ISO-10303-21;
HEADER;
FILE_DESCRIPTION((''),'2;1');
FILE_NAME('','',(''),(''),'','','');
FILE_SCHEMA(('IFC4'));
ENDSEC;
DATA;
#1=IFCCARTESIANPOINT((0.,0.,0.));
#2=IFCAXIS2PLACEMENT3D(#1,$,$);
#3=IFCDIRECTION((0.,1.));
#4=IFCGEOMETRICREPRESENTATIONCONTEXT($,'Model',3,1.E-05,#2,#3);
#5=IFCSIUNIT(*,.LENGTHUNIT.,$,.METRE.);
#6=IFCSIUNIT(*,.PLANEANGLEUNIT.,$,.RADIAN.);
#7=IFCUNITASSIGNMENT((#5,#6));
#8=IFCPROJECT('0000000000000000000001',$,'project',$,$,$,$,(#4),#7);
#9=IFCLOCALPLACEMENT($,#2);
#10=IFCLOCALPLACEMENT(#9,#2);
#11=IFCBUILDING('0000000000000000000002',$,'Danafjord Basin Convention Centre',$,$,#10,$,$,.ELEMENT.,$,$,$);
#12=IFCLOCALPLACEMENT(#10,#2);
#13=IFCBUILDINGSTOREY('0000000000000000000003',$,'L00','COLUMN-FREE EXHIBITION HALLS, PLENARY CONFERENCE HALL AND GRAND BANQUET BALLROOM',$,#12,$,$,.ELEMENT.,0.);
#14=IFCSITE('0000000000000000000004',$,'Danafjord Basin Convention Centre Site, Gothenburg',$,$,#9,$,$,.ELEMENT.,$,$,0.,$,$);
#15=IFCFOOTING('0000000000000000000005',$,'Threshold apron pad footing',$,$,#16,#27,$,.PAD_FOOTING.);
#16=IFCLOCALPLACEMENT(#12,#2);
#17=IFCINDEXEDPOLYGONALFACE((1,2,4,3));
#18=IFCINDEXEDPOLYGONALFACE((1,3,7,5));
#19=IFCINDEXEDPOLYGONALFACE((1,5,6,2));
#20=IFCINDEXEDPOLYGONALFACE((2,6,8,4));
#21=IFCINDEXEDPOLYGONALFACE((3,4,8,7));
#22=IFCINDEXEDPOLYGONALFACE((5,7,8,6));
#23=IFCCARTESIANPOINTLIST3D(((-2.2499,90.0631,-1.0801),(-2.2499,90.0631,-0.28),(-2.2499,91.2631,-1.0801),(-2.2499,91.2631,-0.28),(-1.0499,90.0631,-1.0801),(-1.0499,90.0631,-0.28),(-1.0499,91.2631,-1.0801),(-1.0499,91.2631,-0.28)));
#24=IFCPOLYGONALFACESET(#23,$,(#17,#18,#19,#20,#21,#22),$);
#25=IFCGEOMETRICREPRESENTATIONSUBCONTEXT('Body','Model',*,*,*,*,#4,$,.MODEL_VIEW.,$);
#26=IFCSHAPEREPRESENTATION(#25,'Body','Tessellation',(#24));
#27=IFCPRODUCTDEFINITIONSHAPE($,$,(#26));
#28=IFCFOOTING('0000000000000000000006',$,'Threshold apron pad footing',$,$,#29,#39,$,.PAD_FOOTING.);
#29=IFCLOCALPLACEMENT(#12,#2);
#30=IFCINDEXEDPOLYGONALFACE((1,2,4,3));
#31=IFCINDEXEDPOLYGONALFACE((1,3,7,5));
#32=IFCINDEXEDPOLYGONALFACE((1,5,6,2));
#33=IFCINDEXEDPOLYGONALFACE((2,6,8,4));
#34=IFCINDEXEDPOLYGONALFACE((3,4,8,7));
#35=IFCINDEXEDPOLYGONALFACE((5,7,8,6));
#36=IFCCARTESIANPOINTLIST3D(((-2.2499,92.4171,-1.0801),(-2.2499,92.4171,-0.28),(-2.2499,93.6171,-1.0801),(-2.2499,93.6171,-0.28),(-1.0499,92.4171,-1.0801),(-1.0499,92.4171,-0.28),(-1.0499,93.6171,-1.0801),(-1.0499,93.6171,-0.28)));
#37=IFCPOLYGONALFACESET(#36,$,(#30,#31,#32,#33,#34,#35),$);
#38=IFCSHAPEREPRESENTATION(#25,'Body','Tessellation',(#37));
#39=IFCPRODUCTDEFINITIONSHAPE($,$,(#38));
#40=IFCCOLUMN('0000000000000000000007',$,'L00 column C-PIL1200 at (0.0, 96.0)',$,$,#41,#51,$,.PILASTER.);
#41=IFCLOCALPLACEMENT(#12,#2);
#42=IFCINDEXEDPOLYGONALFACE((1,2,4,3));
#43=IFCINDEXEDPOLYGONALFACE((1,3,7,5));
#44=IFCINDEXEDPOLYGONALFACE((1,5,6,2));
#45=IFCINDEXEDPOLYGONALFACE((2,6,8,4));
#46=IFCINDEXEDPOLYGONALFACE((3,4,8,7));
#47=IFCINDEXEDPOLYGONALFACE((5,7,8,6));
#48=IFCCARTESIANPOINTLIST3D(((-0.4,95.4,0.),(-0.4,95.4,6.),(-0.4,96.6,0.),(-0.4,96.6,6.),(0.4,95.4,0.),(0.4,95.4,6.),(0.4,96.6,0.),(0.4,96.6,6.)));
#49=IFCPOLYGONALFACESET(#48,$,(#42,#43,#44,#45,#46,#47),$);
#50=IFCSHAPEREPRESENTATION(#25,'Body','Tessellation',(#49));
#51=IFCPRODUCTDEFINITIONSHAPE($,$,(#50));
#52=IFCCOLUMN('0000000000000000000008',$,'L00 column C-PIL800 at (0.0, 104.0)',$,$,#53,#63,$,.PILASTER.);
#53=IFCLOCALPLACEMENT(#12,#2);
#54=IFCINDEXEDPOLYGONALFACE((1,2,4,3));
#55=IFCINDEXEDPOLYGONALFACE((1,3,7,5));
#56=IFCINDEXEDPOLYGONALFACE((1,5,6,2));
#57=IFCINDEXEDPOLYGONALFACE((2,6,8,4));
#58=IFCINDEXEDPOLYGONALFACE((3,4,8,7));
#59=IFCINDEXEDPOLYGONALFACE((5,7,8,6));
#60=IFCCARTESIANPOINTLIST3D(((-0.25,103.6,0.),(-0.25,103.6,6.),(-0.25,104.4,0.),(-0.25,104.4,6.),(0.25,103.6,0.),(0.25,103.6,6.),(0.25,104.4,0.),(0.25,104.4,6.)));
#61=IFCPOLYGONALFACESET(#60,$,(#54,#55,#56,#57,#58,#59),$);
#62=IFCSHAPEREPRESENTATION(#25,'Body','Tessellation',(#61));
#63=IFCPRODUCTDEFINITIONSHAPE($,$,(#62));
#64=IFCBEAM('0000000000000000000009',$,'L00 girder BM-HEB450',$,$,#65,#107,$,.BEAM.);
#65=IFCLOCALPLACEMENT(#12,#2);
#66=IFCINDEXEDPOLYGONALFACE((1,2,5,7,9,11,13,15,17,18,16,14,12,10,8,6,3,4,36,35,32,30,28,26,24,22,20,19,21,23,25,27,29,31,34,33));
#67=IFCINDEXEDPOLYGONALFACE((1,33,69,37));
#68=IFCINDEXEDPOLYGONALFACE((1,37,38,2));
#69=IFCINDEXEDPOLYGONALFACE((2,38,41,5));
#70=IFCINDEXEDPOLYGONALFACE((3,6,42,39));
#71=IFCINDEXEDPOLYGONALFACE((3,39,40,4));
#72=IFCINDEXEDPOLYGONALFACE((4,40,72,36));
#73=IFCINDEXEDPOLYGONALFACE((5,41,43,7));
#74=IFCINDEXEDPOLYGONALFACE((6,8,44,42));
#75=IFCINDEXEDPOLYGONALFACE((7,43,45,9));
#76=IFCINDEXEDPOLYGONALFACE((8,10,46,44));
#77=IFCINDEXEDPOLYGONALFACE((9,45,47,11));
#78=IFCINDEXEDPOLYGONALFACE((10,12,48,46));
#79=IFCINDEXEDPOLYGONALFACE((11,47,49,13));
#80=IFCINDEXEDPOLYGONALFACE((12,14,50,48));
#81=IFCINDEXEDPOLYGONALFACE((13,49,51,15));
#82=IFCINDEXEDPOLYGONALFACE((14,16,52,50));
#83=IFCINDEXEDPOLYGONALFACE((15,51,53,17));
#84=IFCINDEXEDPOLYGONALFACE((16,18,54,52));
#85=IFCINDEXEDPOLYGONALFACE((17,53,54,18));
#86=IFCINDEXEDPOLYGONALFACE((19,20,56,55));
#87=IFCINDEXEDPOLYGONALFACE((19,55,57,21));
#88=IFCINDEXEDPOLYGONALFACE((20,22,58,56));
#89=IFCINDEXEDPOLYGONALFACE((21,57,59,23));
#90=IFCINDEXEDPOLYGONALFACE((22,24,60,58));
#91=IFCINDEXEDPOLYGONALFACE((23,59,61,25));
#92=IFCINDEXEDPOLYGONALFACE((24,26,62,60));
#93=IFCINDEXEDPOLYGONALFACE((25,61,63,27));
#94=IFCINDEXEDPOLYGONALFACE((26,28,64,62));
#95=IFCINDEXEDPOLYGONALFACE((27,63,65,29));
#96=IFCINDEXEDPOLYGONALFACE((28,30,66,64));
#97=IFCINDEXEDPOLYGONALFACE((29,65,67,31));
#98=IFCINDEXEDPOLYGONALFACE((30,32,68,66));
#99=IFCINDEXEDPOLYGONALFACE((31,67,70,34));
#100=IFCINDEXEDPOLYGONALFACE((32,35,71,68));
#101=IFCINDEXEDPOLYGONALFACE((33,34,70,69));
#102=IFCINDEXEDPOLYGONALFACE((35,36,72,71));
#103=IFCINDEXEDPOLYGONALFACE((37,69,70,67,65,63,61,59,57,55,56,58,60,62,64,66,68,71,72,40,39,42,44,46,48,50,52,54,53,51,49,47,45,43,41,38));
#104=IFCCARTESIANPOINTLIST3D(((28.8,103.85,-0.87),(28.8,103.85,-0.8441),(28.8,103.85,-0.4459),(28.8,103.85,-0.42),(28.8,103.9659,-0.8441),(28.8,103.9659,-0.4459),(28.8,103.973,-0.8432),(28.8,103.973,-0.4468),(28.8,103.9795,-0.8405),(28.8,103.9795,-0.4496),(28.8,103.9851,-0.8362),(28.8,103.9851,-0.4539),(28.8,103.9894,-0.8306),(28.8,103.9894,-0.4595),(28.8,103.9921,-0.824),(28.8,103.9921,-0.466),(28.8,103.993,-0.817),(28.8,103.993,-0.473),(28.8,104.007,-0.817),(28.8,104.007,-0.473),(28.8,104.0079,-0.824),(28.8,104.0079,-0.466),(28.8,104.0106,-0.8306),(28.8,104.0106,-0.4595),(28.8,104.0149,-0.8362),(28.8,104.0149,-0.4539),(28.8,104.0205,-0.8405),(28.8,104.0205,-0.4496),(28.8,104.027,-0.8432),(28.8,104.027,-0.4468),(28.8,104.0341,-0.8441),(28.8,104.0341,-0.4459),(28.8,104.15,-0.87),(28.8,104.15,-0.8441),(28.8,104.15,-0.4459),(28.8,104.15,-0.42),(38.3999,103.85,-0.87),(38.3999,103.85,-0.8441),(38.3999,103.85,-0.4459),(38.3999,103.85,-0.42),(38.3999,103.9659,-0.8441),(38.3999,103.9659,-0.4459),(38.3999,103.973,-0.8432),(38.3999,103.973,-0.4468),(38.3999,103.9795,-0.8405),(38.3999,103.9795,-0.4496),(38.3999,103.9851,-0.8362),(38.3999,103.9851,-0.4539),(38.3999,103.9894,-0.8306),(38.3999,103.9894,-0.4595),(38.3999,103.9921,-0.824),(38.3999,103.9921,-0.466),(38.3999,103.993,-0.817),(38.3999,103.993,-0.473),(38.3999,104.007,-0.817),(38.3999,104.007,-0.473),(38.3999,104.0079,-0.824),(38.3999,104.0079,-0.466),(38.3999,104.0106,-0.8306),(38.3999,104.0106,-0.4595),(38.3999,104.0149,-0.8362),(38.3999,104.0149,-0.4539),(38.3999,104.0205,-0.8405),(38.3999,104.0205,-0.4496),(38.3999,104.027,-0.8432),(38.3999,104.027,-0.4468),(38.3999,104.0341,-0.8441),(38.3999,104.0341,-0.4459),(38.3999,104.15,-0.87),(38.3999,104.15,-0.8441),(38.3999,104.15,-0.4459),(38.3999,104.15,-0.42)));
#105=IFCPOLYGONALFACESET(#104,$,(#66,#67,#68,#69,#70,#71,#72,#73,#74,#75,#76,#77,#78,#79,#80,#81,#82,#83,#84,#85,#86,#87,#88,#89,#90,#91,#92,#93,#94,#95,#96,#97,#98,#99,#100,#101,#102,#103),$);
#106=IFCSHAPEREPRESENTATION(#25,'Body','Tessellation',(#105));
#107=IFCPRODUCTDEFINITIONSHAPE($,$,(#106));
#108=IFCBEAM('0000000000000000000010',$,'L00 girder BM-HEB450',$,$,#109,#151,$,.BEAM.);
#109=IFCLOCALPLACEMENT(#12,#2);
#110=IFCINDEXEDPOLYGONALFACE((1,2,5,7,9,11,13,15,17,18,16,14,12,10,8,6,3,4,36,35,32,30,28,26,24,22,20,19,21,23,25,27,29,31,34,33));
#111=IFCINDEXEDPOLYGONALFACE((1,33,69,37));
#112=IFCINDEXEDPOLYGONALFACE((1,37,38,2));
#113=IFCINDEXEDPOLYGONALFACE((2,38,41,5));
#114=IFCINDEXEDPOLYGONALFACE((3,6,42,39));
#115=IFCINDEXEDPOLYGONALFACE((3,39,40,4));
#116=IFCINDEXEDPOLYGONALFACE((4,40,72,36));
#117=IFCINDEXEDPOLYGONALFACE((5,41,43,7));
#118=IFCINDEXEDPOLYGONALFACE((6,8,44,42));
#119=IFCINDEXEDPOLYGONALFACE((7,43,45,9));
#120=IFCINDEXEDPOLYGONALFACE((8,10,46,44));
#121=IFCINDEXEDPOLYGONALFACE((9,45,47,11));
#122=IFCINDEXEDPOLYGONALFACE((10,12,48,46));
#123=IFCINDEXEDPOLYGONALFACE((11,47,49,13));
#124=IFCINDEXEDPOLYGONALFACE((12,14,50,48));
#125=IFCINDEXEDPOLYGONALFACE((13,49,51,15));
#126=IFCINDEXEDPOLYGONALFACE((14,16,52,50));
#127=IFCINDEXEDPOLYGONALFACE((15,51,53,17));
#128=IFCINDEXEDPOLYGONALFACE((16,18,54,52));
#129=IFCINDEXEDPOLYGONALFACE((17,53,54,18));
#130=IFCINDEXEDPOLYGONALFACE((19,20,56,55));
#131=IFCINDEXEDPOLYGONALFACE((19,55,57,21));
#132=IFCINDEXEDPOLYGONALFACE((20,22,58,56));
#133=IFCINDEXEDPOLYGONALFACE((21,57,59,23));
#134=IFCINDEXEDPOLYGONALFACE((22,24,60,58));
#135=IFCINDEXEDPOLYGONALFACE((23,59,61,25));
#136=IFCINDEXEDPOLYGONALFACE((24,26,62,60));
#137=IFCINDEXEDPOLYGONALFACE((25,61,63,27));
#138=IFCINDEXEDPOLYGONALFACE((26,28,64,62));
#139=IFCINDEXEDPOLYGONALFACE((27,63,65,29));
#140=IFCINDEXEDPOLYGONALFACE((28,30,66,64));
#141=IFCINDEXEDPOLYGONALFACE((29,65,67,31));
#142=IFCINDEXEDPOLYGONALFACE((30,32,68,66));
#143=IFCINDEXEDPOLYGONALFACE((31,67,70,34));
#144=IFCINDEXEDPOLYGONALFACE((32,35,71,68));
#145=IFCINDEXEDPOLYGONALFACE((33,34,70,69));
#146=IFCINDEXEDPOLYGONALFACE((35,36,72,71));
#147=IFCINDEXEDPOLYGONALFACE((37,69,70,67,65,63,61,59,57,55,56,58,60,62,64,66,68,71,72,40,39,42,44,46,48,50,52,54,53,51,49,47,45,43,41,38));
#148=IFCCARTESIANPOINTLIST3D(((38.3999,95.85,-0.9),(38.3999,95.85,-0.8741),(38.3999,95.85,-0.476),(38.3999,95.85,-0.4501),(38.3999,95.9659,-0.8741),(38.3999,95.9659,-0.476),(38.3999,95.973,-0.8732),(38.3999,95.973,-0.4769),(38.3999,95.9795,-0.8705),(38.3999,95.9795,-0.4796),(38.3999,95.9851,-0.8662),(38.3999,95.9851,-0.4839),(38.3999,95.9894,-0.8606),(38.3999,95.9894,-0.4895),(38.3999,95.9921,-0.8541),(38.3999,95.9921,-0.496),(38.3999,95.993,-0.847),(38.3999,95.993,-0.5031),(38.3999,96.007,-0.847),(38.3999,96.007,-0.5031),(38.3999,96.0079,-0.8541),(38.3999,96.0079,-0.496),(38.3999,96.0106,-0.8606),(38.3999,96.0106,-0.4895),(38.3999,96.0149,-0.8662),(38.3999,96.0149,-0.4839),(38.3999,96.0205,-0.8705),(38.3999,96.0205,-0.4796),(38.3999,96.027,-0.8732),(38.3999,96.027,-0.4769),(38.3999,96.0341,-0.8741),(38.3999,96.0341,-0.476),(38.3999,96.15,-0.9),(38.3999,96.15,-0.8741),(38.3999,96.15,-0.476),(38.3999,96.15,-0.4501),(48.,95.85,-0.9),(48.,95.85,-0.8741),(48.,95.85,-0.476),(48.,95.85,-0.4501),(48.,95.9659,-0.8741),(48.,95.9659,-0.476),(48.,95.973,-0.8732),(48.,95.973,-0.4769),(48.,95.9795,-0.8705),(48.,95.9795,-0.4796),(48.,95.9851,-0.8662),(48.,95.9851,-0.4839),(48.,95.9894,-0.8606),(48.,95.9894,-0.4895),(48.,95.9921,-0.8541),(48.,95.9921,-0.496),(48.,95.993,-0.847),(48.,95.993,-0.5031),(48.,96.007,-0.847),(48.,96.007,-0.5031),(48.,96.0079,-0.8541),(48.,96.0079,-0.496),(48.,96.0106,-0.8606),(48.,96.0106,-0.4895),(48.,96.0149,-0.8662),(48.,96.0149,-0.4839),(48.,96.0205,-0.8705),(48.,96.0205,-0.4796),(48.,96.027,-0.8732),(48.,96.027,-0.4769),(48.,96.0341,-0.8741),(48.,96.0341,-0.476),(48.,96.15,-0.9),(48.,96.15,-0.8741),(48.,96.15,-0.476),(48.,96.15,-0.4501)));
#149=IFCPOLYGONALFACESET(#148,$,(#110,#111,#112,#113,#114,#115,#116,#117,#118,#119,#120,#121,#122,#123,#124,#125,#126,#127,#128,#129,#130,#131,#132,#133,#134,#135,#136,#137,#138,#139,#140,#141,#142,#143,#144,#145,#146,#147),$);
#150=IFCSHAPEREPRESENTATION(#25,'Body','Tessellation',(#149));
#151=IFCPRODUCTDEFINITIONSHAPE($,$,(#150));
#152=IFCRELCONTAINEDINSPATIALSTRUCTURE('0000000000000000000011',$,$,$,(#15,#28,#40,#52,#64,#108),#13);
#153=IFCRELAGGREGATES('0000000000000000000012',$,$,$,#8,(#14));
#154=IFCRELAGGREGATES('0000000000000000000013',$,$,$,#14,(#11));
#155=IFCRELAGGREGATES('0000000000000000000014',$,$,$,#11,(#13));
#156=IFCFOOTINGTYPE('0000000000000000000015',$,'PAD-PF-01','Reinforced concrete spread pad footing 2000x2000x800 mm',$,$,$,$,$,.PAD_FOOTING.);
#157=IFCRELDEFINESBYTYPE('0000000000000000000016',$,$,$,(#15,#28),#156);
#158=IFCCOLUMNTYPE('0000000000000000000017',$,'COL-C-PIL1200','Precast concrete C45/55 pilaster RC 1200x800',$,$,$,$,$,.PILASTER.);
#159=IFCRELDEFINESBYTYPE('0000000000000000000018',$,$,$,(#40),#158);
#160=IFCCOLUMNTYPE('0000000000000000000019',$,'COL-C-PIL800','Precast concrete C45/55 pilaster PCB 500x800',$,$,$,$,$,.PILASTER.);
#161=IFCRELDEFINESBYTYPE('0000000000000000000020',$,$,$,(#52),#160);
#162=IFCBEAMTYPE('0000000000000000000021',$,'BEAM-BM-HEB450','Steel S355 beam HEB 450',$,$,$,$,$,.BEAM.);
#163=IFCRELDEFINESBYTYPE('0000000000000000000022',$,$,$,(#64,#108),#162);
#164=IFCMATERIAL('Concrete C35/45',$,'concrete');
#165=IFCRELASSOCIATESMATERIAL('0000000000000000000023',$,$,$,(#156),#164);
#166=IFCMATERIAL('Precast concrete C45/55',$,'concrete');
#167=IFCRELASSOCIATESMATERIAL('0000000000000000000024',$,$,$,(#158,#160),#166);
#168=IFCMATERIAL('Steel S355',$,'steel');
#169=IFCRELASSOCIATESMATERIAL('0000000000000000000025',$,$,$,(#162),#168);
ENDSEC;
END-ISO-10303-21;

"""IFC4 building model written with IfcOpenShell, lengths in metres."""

from ifc_helpers import new_model, si_unit, direction, frame, origin, origin_2d, place, context, subcontext, project, spatial, rectangle, i_section, extrude, material, material_profile, profile_set, type_object, element, save


model = new_model("IFC4")

# Units and contexts
model_context = context("Model", 3, precision=1e-05, world=origin(), true_north=direction((0.0, 1.0)))
body_context = subcontext(model_context, "Body", "Model", "MODEL_VIEW")
ifc_project = project(units=[si_unit("LENGTHUNIT", "METRE"), si_unit("PLANEANGLEUNIT", "RADIAN")], contexts=[model_context])

# Site, building, storey
site_placement = place(None, origin())
site = spatial("IfcSite", under=ifc_project, at=site_placement, Name="Danafjord Basin Convention Centre Site, Gothenburg", CompositionType="ELEMENT", RefElevation=0.0)
building_placement = place(site_placement, origin())
building = spatial("IfcBuilding", under=site, at=building_placement, Name="Danafjord Basin Convention Centre", CompositionType="ELEMENT")
storey_placement = place(building_placement, origin())
storey = spatial("IfcBuildingStorey", under=building, at=storey_placement, Name="L00", Description="COLUMN-FREE EXHIBITION HALLS, PLENARY CONFERENCE HALL AND GRAND BANQUET BALLROOM", CompositionType="ELEMENT", Elevation=0.0)

# Footings
ifc_material_1 = material(Name="Concrete C35/45", Category="concrete")
footing_type = type_object("IfcFootingType", Name="PAD-PF-01", Description="Reinforced concrete spread pad footing 2000x2000x800 mm", PredefinedType="PAD_FOOTING", material=ifc_material_1)
for number, where, z_axis, x_axis, name in (
    (1, (-1.6499, 90.6631, -1.0801), (0.0, 0.0, 1.0), (1.0, 0.0, 0.0), "Threshold apron pad footing"),
    (2, (-1.6499, 93.0171, -1.0801), (0.0, 0.0, 1.0), (1.0, 0.0, 0.0), "Threshold apron pad footing"),
):
    element("IfcFooting", number, at=place(storey_placement, frame(where, z_axis=z_axis, x_axis=x_axis)), inside=storey, type_object=footing_type, Name=name, PredefinedType="PAD_FOOTING", context=body_context, shape_type="SweptSolid", body=[
        extrude(rectangle(XDim=1.2, YDim=1.2, at=origin_2d()), origin(), (0.0, 0.0, 1.0), 0.8),
    ])

# Columns
ifc_material_2 = material(Name="Precast concrete C45/55", Category="concrete")
ifc_material_profile_1 = material_profile(ifc_material_2, rectangle(XDim=0.8, YDim=1.2, at=origin_2d()), Name="RC 1200x800")
ifc_profile_set_1 = profile_set([ifc_material_profile_1], Name="Precast concrete C45/55")
column_type_1 = type_object("IfcColumnType", Name="COL-C-PIL1200", Description="Precast concrete C45/55 pilaster RC 1200x800", PredefinedType="PILASTER", material=ifc_profile_set_1)
column_1_placement = place(storey_placement, frame((0.0, 96.0, 0.0), z_axis=(0.0, 0.0, 1.0), x_axis=(1.0, 0.0, 0.0)))
element("IfcColumn", 3, at=column_1_placement, inside=storey, type_object=column_type_1, Name="L00 column C-PIL1200 at (0.0, 96.0)", PredefinedType="PILASTER", context=body_context, shape_type="SweptSolid", body=[
    extrude(rectangle(XDim=0.8, YDim=1.2, at=origin_2d()), origin(), (0.0, 0.0, 1.0), 6.0),
])
ifc_material_profile_2 = material_profile(ifc_material_2, rectangle(XDim=0.5, YDim=0.8, at=origin_2d()), Name="PCB 500x800")
ifc_profile_set_2 = profile_set([ifc_material_profile_2], Name="Precast concrete C45/55")
column_type_2 = type_object("IfcColumnType", Name="COL-C-PIL800", Description="Precast concrete C45/55 pilaster PCB 500x800", PredefinedType="PILASTER", material=ifc_profile_set_2)
column_2_placement = place(storey_placement, frame((0.0, 104.0, 0.0), z_axis=(0.0, 0.0, 1.0), x_axis=(1.0, 0.0, 0.0)))
element("IfcColumn", 4, at=column_2_placement, inside=storey, type_object=column_type_2, Name="L00 column C-PIL800 at (0.0, 104.0)", PredefinedType="PILASTER", context=body_context, shape_type="SweptSolid", body=[
    extrude(rectangle(XDim=0.5, YDim=0.8, at=origin_2d()), origin(), (0.0, 0.0, 1.0), 6.0),
])

# Beams
ifc_material_3 = material(Name="Steel S355", Category="steel")
ifc_material_profile_3 = material_profile(ifc_material_3, i_section(OverallWidth=0.3, OverallDepth=0.45, WebThickness=0.0139, FlangeThickness=0.0259, FilletRadius=0.0271, at=origin_2d()), Name="HEB 450")
ifc_profile_set_3 = profile_set([ifc_material_profile_3], Name="Steel S355")
beam_type_1 = type_object("IfcBeamType", Name="BEAM-BM-HEB450", Description="Steel S355 beam HEB 450", PredefinedType="BEAM", material=ifc_profile_set_3)
beam_1_placement = place(storey_placement, frame((28.8, 104.0, -0.645), z_axis=(1.0, 0.0, 0.0), x_axis=(0.0, 1.0, 0.0)))
element("IfcBeam", 5, at=beam_1_placement, inside=storey, type_object=beam_type_1, Name="L00 girder BM-HEB450", PredefinedType="BEAM", context=body_context, shape_type="SweptSolid", body=[
    extrude(i_section(OverallWidth=0.3, OverallDepth=0.45, WebThickness=0.0139, FlangeThickness=0.0259, FilletRadius=0.0271, at=origin_2d()), origin(), (0.0, 0.0, 1.0), 9.5999),
])
beam_2_placement = place(storey_placement, frame((38.3999, 96.0, -0.675), z_axis=(1.0, 0.0, 0.0), x_axis=(0.0, 1.0, 0.0)))
element("IfcBeam", 6, at=beam_2_placement, inside=storey, type_object=beam_type_1, Name="L00 girder BM-HEB450", PredefinedType="BEAM", context=body_context, shape_type="SweptSolid", body=[
    extrude(i_section(OverallWidth=0.3, OverallDepth=0.45, WebThickness=0.0139, FlangeThickness=0.0259, FilletRadius=0.0271, at=origin_2d()), origin(), (0.0, 0.0, 1.0), 9.6001),
])

save(model, "model.ifc")
